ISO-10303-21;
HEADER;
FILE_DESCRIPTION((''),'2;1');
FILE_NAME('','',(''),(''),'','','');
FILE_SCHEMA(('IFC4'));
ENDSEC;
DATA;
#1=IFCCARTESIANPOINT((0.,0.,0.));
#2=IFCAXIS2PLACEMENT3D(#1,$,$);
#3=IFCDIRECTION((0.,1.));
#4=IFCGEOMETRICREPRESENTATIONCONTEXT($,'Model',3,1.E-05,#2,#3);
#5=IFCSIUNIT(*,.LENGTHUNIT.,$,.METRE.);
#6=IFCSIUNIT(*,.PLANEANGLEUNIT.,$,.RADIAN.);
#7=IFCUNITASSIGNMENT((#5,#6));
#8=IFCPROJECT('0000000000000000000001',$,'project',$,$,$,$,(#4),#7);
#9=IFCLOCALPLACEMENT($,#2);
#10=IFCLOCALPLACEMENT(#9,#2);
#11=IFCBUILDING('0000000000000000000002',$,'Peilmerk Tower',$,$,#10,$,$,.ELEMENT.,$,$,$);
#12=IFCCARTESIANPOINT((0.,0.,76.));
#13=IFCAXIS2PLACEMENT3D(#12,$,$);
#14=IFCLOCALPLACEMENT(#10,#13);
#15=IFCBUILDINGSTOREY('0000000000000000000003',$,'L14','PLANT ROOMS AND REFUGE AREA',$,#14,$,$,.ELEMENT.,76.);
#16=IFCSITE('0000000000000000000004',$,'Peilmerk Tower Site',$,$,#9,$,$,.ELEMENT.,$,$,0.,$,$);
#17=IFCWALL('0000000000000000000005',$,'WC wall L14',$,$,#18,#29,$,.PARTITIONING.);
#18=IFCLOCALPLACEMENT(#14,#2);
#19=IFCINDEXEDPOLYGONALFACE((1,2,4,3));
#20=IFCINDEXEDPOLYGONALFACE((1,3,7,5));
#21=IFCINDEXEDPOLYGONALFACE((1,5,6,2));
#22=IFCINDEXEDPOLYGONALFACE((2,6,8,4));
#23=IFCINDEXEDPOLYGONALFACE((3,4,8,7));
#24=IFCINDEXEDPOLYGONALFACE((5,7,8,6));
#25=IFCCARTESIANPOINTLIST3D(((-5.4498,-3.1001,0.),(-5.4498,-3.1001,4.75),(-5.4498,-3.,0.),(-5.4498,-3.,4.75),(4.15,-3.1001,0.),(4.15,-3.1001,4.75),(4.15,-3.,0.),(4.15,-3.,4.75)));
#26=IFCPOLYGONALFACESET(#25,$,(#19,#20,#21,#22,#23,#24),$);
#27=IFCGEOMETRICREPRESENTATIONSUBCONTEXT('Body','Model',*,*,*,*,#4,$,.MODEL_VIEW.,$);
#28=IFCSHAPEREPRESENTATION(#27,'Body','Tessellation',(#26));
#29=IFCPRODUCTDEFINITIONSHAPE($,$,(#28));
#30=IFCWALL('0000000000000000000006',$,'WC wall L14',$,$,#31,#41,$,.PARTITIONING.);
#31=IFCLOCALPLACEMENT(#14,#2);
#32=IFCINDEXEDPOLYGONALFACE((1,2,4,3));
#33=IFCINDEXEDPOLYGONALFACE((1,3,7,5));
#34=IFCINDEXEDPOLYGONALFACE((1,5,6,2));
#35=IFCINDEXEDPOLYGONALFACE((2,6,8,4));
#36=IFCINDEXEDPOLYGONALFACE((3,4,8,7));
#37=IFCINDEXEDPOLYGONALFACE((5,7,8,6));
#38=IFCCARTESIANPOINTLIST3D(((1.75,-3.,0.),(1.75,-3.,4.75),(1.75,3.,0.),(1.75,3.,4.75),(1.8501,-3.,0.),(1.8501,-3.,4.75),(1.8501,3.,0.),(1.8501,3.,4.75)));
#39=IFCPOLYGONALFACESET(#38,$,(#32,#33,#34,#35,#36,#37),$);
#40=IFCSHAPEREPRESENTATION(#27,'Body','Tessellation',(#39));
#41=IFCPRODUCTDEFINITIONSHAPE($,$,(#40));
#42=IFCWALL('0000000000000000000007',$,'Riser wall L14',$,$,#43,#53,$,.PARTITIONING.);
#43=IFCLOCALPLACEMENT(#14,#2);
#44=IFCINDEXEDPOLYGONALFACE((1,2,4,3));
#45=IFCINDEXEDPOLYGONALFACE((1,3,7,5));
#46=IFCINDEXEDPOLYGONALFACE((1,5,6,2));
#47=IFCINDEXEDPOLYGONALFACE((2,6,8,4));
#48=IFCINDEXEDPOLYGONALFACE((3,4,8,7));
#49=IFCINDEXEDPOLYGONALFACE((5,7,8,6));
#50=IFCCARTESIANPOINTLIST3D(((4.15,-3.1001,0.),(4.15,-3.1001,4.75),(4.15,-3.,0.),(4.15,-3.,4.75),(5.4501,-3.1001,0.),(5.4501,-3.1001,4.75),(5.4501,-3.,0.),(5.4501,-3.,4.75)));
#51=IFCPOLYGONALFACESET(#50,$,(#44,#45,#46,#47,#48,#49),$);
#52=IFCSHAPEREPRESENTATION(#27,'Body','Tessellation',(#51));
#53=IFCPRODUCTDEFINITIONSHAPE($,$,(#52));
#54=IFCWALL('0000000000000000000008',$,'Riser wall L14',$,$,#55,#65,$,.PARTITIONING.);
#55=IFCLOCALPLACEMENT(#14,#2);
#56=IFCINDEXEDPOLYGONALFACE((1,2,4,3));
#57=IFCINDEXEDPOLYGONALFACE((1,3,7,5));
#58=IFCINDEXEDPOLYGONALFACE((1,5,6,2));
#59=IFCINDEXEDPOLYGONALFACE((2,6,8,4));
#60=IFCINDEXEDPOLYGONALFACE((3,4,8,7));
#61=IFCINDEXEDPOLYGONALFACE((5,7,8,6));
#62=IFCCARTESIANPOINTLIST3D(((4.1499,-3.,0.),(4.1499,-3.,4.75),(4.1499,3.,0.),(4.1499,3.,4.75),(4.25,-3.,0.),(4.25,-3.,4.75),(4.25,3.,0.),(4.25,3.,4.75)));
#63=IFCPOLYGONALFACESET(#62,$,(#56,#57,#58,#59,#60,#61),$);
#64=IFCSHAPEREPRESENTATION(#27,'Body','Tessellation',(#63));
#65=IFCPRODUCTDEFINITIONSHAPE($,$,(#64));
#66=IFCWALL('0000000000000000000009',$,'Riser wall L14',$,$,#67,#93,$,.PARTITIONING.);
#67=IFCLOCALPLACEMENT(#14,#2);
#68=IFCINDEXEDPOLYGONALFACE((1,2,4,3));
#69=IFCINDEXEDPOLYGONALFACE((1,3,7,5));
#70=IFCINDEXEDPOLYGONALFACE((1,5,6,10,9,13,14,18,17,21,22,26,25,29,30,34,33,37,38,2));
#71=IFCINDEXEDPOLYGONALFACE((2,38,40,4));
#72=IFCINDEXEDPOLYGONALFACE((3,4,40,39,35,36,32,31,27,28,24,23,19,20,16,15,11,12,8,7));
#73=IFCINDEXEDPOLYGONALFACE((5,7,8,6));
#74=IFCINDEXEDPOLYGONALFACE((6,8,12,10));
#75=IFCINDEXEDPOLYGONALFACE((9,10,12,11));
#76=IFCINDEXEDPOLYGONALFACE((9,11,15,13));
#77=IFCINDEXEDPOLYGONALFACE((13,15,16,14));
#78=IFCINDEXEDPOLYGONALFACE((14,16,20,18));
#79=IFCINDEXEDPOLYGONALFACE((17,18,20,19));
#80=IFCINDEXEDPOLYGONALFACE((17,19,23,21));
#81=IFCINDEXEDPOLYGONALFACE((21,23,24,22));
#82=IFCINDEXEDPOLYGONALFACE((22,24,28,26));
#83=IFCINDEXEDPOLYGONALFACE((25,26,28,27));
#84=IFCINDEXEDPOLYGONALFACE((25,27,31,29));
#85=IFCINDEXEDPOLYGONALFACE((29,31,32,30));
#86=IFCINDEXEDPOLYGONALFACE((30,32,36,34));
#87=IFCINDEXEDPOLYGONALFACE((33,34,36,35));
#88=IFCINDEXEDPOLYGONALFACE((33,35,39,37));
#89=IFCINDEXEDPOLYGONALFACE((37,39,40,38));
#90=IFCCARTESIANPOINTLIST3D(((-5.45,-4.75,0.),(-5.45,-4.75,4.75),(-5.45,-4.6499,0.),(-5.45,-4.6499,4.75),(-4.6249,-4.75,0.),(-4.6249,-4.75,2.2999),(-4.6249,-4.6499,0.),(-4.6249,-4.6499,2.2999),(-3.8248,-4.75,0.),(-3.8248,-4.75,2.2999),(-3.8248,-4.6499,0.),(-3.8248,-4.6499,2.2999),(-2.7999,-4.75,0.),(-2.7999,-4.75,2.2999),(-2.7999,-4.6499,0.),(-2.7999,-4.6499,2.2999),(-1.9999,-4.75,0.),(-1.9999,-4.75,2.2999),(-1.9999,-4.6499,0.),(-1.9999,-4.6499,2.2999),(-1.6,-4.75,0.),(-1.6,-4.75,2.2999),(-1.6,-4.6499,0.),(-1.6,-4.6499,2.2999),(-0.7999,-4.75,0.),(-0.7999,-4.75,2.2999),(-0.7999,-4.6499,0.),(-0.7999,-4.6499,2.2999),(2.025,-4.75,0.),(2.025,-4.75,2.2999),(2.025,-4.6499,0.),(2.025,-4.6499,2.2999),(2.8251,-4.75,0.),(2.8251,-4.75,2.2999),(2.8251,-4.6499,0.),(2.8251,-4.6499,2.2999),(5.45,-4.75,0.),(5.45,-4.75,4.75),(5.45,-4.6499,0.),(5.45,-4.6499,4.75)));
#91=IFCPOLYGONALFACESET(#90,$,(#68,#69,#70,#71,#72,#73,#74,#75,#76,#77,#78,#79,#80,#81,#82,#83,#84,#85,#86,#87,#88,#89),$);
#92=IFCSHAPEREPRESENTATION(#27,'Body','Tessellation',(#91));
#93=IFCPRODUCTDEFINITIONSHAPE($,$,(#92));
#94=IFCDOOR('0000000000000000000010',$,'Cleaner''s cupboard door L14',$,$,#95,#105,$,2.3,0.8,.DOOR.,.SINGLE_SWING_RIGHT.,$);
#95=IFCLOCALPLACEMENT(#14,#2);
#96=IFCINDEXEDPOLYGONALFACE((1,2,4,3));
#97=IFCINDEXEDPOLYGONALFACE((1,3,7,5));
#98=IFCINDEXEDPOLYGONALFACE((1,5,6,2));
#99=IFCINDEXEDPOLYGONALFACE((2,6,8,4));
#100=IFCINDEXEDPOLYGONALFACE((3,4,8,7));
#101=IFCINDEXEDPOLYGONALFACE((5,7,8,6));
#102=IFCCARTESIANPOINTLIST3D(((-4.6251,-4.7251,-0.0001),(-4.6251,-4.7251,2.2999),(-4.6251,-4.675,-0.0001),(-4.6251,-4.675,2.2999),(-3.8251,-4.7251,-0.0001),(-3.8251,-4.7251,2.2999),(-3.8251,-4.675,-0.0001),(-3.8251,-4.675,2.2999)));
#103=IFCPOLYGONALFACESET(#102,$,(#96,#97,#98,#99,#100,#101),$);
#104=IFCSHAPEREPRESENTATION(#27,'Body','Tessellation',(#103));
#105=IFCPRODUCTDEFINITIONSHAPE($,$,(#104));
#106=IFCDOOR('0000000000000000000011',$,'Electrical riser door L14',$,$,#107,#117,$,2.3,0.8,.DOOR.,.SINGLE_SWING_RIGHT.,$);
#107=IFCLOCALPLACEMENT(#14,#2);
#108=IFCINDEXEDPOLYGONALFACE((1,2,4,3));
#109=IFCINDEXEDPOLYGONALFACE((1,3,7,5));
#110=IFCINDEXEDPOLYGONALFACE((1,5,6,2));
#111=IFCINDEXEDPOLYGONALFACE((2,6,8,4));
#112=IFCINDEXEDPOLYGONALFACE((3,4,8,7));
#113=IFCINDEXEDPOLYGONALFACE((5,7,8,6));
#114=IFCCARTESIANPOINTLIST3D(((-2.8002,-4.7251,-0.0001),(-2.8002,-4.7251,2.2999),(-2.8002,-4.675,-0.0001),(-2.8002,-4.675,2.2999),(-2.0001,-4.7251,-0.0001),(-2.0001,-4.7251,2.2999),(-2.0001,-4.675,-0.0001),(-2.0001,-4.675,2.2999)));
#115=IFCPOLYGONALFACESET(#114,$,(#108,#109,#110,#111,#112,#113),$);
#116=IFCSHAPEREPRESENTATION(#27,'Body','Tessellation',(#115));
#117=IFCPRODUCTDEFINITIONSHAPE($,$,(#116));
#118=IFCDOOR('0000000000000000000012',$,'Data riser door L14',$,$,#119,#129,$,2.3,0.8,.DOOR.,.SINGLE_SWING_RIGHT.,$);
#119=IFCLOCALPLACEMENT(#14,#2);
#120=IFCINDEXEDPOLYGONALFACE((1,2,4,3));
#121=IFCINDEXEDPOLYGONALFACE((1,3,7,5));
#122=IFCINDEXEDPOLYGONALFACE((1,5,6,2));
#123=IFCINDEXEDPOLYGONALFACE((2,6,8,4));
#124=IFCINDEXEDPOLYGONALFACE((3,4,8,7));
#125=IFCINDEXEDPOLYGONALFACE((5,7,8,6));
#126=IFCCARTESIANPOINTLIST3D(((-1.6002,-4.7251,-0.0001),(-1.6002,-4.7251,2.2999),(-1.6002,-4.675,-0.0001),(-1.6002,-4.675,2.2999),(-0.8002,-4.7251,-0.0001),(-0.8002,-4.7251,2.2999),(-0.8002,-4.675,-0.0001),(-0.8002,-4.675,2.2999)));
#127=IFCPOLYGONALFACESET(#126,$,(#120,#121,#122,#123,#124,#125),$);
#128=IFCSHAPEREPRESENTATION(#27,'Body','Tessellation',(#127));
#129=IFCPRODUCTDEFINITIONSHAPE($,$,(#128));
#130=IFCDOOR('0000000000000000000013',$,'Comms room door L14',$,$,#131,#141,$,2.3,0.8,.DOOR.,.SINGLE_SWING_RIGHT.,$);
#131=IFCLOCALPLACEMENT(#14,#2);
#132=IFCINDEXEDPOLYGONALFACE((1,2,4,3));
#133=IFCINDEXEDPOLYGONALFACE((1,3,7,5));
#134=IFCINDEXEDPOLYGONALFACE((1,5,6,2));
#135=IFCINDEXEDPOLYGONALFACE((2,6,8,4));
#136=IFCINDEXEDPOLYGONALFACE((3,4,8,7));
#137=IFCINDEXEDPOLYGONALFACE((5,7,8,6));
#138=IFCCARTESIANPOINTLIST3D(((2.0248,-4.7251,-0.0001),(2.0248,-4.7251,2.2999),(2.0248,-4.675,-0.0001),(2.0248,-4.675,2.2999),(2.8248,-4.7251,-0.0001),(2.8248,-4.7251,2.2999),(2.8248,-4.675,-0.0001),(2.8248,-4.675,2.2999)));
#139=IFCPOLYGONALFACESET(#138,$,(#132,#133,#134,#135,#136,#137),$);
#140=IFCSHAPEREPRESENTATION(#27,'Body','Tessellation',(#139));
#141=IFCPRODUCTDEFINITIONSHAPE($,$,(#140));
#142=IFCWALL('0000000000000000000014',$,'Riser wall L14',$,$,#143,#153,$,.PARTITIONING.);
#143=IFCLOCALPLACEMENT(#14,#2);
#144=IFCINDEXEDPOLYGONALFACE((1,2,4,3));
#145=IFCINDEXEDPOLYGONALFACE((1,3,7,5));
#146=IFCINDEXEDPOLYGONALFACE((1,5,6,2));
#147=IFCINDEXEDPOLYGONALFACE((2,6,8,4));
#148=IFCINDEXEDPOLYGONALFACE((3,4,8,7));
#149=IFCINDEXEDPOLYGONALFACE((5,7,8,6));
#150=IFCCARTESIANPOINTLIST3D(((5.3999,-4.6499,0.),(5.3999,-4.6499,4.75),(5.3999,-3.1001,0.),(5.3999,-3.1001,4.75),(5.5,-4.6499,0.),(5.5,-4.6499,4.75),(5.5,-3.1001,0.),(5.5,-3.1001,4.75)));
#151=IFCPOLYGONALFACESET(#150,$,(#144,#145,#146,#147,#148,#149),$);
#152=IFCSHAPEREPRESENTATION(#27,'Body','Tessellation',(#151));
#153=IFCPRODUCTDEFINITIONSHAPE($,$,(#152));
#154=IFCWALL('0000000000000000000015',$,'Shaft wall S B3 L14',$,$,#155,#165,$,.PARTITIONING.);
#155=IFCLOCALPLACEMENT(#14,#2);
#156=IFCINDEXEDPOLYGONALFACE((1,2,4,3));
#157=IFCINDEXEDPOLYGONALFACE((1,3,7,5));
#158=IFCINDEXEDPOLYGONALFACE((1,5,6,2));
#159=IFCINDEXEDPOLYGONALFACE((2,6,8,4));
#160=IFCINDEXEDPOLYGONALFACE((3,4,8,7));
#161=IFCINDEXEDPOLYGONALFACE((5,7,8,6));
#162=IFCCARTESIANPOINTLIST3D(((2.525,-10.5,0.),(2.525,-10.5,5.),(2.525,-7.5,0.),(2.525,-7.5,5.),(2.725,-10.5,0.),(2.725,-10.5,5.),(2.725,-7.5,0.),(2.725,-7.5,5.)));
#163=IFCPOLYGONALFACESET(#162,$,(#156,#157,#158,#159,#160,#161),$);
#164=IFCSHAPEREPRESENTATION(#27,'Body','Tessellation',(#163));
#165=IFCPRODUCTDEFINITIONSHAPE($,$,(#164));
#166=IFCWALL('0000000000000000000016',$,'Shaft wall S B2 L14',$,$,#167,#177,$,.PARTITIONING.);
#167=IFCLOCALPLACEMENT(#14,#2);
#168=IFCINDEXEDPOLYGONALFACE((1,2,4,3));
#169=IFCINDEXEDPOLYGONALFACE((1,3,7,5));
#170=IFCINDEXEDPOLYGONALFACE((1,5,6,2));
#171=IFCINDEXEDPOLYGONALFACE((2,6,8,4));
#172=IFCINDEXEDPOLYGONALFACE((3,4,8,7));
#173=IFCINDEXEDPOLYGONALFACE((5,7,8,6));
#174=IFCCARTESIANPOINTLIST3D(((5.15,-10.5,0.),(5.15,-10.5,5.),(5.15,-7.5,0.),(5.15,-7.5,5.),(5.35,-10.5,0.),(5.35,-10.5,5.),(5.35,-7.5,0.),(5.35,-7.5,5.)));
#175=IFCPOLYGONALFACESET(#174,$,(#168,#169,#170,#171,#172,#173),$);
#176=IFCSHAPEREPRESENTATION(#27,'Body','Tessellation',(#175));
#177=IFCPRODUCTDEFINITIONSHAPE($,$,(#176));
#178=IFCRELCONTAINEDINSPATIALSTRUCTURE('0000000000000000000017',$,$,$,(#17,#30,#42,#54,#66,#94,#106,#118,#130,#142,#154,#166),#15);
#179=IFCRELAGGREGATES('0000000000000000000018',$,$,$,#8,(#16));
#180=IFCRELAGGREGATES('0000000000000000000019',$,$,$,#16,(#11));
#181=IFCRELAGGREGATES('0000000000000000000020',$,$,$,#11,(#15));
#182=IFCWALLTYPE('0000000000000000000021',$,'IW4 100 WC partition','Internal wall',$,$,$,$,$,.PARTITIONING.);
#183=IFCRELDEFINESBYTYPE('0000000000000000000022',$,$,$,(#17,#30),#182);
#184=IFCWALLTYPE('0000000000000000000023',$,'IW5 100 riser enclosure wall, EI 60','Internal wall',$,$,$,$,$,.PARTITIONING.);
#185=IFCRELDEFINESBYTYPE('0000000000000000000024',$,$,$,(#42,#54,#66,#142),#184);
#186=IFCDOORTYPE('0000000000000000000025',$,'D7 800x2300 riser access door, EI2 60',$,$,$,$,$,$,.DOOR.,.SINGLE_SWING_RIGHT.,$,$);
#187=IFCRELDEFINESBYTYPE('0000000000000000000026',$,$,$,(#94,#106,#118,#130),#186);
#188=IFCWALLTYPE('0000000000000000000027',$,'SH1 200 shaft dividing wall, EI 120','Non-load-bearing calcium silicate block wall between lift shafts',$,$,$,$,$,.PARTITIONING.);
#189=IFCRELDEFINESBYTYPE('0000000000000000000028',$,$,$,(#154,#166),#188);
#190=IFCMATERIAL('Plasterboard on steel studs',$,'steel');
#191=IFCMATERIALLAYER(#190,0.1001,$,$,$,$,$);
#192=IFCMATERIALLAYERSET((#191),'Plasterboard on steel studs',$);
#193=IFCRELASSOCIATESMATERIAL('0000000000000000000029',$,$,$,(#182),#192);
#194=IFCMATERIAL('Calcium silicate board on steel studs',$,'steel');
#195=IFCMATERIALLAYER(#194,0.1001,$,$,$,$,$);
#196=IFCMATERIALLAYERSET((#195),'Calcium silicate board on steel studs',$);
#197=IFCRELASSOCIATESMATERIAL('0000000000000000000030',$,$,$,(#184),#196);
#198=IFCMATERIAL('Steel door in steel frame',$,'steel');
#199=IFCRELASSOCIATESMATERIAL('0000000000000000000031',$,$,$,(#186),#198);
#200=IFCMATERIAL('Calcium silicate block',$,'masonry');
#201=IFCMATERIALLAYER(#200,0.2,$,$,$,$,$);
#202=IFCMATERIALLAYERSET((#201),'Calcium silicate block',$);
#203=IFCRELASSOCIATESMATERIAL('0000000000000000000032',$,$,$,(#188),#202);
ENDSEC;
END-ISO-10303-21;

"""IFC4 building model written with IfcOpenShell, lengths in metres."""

from ifc_helpers import new_model, si_unit, direction, frame, frame_2d, origin, place, context, subcontext, project, spatial, rectangle, extrude, material, layer, layer_set, type_object, element, fill, save


model = new_model("IFC4")

# Units and contexts
model_context = context("Model", 3, precision=1e-05, world=origin(), true_north=direction((0.0, 1.0)))
body_context = subcontext(model_context, "Body", "Model", "MODEL_VIEW")
ifc_project = project(units=[si_unit("LENGTHUNIT", "METRE"), si_unit("PLANEANGLEUNIT", "RADIAN")], contexts=[model_context])

# Site, building, storey
site_placement = place(None, origin())
site = spatial("IfcSite", under=ifc_project, at=site_placement, Name="Peilmerk Tower Site", CompositionType="ELEMENT", RefElevation=0.0)
building_placement = place(site_placement, origin())
building = spatial("IfcBuilding", under=site, at=building_placement, Name="Peilmerk Tower", CompositionType="ELEMENT")
storey_placement = place(building_placement, frame((0.0, 0.0, 76.0)))
storey = spatial("IfcBuildingStorey", under=building, at=storey_placement, Name="L14", Description="PLANT ROOMS AND REFUGE AREA", CompositionType="ELEMENT", Elevation=76.0)

# Walls
ifc_material_1 = material(Name="Plasterboard on steel studs", Category="steel")
ifc_layer_1 = layer(ifc_material_1, 0.1001)
ifc_layer_set_1 = layer_set([ifc_layer_1], Name="Plasterboard on steel studs")
wall_type_1 = type_object("IfcWallType", Name="IW4 100 WC partition", Description="Internal wall", PredefinedType="PARTITIONING", material=ifc_layer_set_1)
wall_1_placement = place(storey_placement, frame((4.1499, -3.05, 0.0), z_axis=(0.0, 0.0, 1.0), x_axis=(-1.0, 0.0, 0.0)))
element("IfcWall", 1, at=wall_1_placement, inside=storey, type_object=wall_type_1, Name="WC wall L14", PredefinedType="PARTITIONING", context=body_context, shape_type="SweptSolid", body=[
    extrude(rectangle(XDim=9.5999, YDim=0.1001, at=frame_2d((4.7998, 0.0))), origin(), (0.0, 0.0, 1.0), 4.75),
])
wall_2_placement = place(storey_placement, frame((1.8, -3.0, 0.0), z_axis=(0.0, 0.0, 1.0), x_axis=(0.0, 1.0, 0.0)))
element("IfcWall", 2, at=wall_2_placement, inside=storey, type_object=wall_type_1, Name="WC wall L14", PredefinedType="PARTITIONING", context=body_context, shape_type="SweptSolid", body=[
    extrude(rectangle(XDim=6.0, YDim=0.1001, at=frame_2d((3.0, 0.0))), origin(), (0.0, 0.0, 1.0), 4.75),
])
ifc_material_2 = material(Name="Calcium silicate board on steel studs", Category="steel")
ifc_layer_2 = layer(ifc_material_2, 0.1001)
ifc_layer_set_2 = layer_set([ifc_layer_2], Name="Calcium silicate board on steel studs")
wall_type_2 = type_object("IfcWallType", Name="IW5 100 riser enclosure wall, EI 60", Description="Internal wall", PredefinedType="PARTITIONING", material=ifc_layer_set_2)
wall_3_placement = place(storey_placement, frame((5.45, -3.05, 0.0), z_axis=(0.0, 0.0, 1.0), x_axis=(-1.0, 0.0, 0.0)))
element("IfcWall", 3, at=wall_3_placement, inside=storey, type_object=wall_type_2, Name="Riser wall L14", PredefinedType="PARTITIONING", context=body_context, shape_type="SweptSolid", body=[
    extrude(rectangle(XDim=1.3, YDim=0.1001, at=frame_2d((0.6499, 0.0))), origin(), (0.0, 0.0, 1.0), 4.75),
])
wall_4_placement = place(storey_placement, frame((4.2, -3.0, 0.0), z_axis=(0.0, 0.0, 1.0), x_axis=(0.0, 1.0, 0.0)))
element("IfcWall", 4, at=wall_4_placement, inside=storey, type_object=wall_type_2, Name="Riser wall L14", PredefinedType="PARTITIONING", context=body_context, shape_type="SweptSolid", body=[
    extrude(rectangle(XDim=6.0, YDim=0.1001, at=frame_2d((3.0, 0.0))), origin(), (0.0, 0.0, 1.0), 4.75),
])

# Wall, openings, doors
wall_5_placement = place(storey_placement, frame((5.45, -4.7, 0.0), z_axis=(0.0, 0.0, 1.0), x_axis=(-1.0, 0.0, 0.0)))
wall_5 = element("IfcWall", 5, at=wall_5_placement, inside=storey, type_object=wall_type_2, Name="Riser wall L14", PredefinedType="PARTITIONING", context=body_context, shape_type="SweptSolid", body=[
    extrude(rectangle(XDim=10.8999, YDim=0.1001, at=frame_2d((5.45, 0.0))), origin(), (0.0, 0.0, 1.0), 4.75),
])
opening_1_placement = place(wall_5_placement, frame((9.2749, 0.0, 0.0)))
opening_1 = element("IfcOpeningElement", 6, at=opening_1_placement, cuts=wall_5, PredefinedType="OPENING", context=body_context, shape_type="SweptSolid", body=[
    extrude(rectangle(XDim=0.8, YDim=2.3, at=frame_2d((0.3999, 1.1499))), frame((0.0, 0.0601, 0.0), z_axis=(0.0, -1.0, 0.0), x_axis=(1.0, 0.0, 0.0)), (0.0, 0.0, 1.0), 0.1201),
])
opening_2_placement = place(wall_5_placement, frame((7.45, 0.0, 0.0)))
opening_2 = element("IfcOpeningElement", 7, at=opening_2_placement, cuts=wall_5, PredefinedType="OPENING", context=body_context, shape_type="SweptSolid", body=[
    extrude(rectangle(XDim=0.8, YDim=2.3, at=frame_2d((0.3999, 1.1499))), frame((0.0, 0.0601, 0.0), z_axis=(0.0, -1.0, 0.0), x_axis=(1.0, 0.0, 0.0)), (0.0, 0.0, 1.0), 0.1201),
])
opening_3_placement = place(wall_5_placement, frame((6.25, 0.0, 0.0)))
opening_3 = element("IfcOpeningElement", 8, at=opening_3_placement, cuts=wall_5, PredefinedType="OPENING", context=body_context, shape_type="SweptSolid", body=[
    extrude(rectangle(XDim=0.8, YDim=2.3, at=frame_2d((0.3999, 1.1499))), frame((0.0, 0.0601, 0.0), z_axis=(0.0, -1.0, 0.0), x_axis=(1.0, 0.0, 0.0)), (0.0, 0.0, 1.0), 0.1201),
])
opening_4_placement = place(wall_5_placement, frame((2.625, 0.0, 0.0)))
opening_4 = element("IfcOpeningElement", 9, at=opening_4_placement, cuts=wall_5, PredefinedType="OPENING", context=body_context, shape_type="SweptSolid", body=[
    extrude(rectangle(XDim=0.8, YDim=2.3, at=frame_2d((0.3999, 1.1499))), frame((0.0, 0.0601, 0.0), z_axis=(0.0, -1.0, 0.0), x_axis=(1.0, 0.0, 0.0)), (0.0, 0.0, 1.0), 0.1201),
])
ifc_material_3 = material(Name="Steel door in steel frame", Category="steel")
door_type_1 = type_object("IfcDoorType", Name="D7 800x2300 riser access door, EI2 60", OperationType="SINGLE_SWING_RIGHT", PredefinedType="DOOR", material=ifc_material_3)
door_1_placement = place(opening_1_placement, frame((0.8, 0.0, 0.0), z_axis=(0.0, 0.0, 1.0), x_axis=(-1.0, 0.0, 0.0)))
door_1 = element("IfcDoor", 10, at=door_1_placement, inside=storey, type_object=door_type_1, Name="Cleaner's cupboard door L14", OperationType="SINGLE_SWING_RIGHT", OverallHeight=2.3, OverallWidth=0.8, PredefinedType="DOOR", context=body_context, shape_type="SweptSolid", body=[
    extrude(rectangle(XDim=0.8, YDim=2.3, at=frame_2d((0.3999, 1.1499))), frame((0.0, 0.0249, 0.0), z_axis=(0.0, -1.0, 0.0), x_axis=(1.0, 0.0, 0.0)), (0.0, 0.0, 1.0), 0.05),
])
fill(opening_1, door_1)
door_2_placement = place(opening_2_placement, frame((0.8, 0.0, 0.0), z_axis=(0.0, 0.0, 1.0), x_axis=(-1.0, 0.0, 0.0)))
door_2 = element("IfcDoor", 11, at=door_2_placement, inside=storey, type_object=door_type_1, Name="Electrical riser door L14", OperationType="SINGLE_SWING_RIGHT", OverallHeight=2.3, OverallWidth=0.8, PredefinedType="DOOR", context=body_context, shape_type="SweptSolid", body=[
    extrude(rectangle(XDim=0.8, YDim=2.3, at=frame_2d((0.3999, 1.1499))), frame((0.0, 0.0249, 0.0), z_axis=(0.0, -1.0, 0.0), x_axis=(1.0, 0.0, 0.0)), (0.0, 0.0, 1.0), 0.05),
])
fill(opening_2, door_2)
door_3_placement = place(opening_3_placement, frame((0.8, 0.0, 0.0), z_axis=(0.0, 0.0, 1.0), x_axis=(-1.0, 0.0, 0.0)))
door_3 = element("IfcDoor", 12, at=door_3_placement, inside=storey, type_object=door_type_1, Name="Data riser door L14", OperationType="SINGLE_SWING_RIGHT", OverallHeight=2.3, OverallWidth=0.8, PredefinedType="DOOR", context=body_context, shape_type="SweptSolid", body=[
    extrude(rectangle(XDim=0.8, YDim=2.3, at=frame_2d((0.3999, 1.1499))), frame((0.0, 0.0249, 0.0), z_axis=(0.0, -1.0, 0.0), x_axis=(1.0, 0.0, 0.0)), (0.0, 0.0, 1.0), 0.05),
])
fill(opening_3, door_3)
door_4_placement = place(opening_4_placement, frame((0.8, 0.0, 0.0), z_axis=(0.0, 0.0, 1.0), x_axis=(-1.0, 0.0, 0.0)))
door_4 = element("IfcDoor", 13, at=door_4_placement, inside=storey, type_object=door_type_1, Name="Comms room door L14", OperationType="SINGLE_SWING_RIGHT", OverallHeight=2.3, OverallWidth=0.8, PredefinedType="DOOR", context=body_context, shape_type="SweptSolid", body=[
    extrude(rectangle(XDim=0.8, YDim=2.3, at=frame_2d((0.3999, 1.1499))), frame((0.0, 0.0249, 0.0), z_axis=(0.0, -1.0, 0.0), x_axis=(1.0, 0.0, 0.0)), (0.0, 0.0, 1.0), 0.05),
])
fill(opening_4, door_4)

# Walls
wall_6_placement = place(storey_placement, frame((5.45, -3.1001, 0.0), z_axis=(0.0, 0.0, 1.0), x_axis=(0.0, -1.0, 0.0)))
element("IfcWall", 14, at=wall_6_placement, inside=storey, type_object=wall_type_2, Name="Riser wall L14", PredefinedType="PARTITIONING", context=body_context, shape_type="SweptSolid", body=[
    extrude(rectangle(XDim=1.5498, YDim=0.1001, at=frame_2d((0.7749, 0.0))), origin(), (0.0, 0.0, 1.0), 4.75),
])
ifc_material_4 = material(Name="Calcium silicate block", Category="masonry")
ifc_layer_3 = layer(ifc_material_4, 0.2)
ifc_layer_set_3 = layer_set([ifc_layer_3], Name="Calcium silicate block")
wall_type_3 = type_object("IfcWallType", Name="SH1 200 shaft dividing wall, EI 120", Description="Non-load-bearing calcium silicate block wall between lift shafts", PredefinedType="PARTITIONING", material=ifc_layer_set_3)
for number, where, z_axis, x_axis, name in (
    (15, (2.625, -10.5, 0.0), (0.0, 0.0, 1.0), (0.0, 1.0, 0.0), "Shaft wall S B3 L14"),
    (16, (5.25, -10.5, 0.0), (0.0, 0.0, 1.0), (0.0, 1.0, 0.0), "Shaft wall S B2 L14"),
):
    element("IfcWall", number, at=place(storey_placement, frame(where, z_axis=z_axis, x_axis=x_axis)), inside=storey, type_object=wall_type_3, Name=name, PredefinedType="PARTITIONING", context=body_context, shape_type="SweptSolid", body=[
        extrude(rectangle(XDim=3.0, YDim=0.2, at=frame_2d((1.5, 0.0))), origin(), (0.0, 0.0, 1.0), 5.0),
    ])

save(model, "model.ifc")
